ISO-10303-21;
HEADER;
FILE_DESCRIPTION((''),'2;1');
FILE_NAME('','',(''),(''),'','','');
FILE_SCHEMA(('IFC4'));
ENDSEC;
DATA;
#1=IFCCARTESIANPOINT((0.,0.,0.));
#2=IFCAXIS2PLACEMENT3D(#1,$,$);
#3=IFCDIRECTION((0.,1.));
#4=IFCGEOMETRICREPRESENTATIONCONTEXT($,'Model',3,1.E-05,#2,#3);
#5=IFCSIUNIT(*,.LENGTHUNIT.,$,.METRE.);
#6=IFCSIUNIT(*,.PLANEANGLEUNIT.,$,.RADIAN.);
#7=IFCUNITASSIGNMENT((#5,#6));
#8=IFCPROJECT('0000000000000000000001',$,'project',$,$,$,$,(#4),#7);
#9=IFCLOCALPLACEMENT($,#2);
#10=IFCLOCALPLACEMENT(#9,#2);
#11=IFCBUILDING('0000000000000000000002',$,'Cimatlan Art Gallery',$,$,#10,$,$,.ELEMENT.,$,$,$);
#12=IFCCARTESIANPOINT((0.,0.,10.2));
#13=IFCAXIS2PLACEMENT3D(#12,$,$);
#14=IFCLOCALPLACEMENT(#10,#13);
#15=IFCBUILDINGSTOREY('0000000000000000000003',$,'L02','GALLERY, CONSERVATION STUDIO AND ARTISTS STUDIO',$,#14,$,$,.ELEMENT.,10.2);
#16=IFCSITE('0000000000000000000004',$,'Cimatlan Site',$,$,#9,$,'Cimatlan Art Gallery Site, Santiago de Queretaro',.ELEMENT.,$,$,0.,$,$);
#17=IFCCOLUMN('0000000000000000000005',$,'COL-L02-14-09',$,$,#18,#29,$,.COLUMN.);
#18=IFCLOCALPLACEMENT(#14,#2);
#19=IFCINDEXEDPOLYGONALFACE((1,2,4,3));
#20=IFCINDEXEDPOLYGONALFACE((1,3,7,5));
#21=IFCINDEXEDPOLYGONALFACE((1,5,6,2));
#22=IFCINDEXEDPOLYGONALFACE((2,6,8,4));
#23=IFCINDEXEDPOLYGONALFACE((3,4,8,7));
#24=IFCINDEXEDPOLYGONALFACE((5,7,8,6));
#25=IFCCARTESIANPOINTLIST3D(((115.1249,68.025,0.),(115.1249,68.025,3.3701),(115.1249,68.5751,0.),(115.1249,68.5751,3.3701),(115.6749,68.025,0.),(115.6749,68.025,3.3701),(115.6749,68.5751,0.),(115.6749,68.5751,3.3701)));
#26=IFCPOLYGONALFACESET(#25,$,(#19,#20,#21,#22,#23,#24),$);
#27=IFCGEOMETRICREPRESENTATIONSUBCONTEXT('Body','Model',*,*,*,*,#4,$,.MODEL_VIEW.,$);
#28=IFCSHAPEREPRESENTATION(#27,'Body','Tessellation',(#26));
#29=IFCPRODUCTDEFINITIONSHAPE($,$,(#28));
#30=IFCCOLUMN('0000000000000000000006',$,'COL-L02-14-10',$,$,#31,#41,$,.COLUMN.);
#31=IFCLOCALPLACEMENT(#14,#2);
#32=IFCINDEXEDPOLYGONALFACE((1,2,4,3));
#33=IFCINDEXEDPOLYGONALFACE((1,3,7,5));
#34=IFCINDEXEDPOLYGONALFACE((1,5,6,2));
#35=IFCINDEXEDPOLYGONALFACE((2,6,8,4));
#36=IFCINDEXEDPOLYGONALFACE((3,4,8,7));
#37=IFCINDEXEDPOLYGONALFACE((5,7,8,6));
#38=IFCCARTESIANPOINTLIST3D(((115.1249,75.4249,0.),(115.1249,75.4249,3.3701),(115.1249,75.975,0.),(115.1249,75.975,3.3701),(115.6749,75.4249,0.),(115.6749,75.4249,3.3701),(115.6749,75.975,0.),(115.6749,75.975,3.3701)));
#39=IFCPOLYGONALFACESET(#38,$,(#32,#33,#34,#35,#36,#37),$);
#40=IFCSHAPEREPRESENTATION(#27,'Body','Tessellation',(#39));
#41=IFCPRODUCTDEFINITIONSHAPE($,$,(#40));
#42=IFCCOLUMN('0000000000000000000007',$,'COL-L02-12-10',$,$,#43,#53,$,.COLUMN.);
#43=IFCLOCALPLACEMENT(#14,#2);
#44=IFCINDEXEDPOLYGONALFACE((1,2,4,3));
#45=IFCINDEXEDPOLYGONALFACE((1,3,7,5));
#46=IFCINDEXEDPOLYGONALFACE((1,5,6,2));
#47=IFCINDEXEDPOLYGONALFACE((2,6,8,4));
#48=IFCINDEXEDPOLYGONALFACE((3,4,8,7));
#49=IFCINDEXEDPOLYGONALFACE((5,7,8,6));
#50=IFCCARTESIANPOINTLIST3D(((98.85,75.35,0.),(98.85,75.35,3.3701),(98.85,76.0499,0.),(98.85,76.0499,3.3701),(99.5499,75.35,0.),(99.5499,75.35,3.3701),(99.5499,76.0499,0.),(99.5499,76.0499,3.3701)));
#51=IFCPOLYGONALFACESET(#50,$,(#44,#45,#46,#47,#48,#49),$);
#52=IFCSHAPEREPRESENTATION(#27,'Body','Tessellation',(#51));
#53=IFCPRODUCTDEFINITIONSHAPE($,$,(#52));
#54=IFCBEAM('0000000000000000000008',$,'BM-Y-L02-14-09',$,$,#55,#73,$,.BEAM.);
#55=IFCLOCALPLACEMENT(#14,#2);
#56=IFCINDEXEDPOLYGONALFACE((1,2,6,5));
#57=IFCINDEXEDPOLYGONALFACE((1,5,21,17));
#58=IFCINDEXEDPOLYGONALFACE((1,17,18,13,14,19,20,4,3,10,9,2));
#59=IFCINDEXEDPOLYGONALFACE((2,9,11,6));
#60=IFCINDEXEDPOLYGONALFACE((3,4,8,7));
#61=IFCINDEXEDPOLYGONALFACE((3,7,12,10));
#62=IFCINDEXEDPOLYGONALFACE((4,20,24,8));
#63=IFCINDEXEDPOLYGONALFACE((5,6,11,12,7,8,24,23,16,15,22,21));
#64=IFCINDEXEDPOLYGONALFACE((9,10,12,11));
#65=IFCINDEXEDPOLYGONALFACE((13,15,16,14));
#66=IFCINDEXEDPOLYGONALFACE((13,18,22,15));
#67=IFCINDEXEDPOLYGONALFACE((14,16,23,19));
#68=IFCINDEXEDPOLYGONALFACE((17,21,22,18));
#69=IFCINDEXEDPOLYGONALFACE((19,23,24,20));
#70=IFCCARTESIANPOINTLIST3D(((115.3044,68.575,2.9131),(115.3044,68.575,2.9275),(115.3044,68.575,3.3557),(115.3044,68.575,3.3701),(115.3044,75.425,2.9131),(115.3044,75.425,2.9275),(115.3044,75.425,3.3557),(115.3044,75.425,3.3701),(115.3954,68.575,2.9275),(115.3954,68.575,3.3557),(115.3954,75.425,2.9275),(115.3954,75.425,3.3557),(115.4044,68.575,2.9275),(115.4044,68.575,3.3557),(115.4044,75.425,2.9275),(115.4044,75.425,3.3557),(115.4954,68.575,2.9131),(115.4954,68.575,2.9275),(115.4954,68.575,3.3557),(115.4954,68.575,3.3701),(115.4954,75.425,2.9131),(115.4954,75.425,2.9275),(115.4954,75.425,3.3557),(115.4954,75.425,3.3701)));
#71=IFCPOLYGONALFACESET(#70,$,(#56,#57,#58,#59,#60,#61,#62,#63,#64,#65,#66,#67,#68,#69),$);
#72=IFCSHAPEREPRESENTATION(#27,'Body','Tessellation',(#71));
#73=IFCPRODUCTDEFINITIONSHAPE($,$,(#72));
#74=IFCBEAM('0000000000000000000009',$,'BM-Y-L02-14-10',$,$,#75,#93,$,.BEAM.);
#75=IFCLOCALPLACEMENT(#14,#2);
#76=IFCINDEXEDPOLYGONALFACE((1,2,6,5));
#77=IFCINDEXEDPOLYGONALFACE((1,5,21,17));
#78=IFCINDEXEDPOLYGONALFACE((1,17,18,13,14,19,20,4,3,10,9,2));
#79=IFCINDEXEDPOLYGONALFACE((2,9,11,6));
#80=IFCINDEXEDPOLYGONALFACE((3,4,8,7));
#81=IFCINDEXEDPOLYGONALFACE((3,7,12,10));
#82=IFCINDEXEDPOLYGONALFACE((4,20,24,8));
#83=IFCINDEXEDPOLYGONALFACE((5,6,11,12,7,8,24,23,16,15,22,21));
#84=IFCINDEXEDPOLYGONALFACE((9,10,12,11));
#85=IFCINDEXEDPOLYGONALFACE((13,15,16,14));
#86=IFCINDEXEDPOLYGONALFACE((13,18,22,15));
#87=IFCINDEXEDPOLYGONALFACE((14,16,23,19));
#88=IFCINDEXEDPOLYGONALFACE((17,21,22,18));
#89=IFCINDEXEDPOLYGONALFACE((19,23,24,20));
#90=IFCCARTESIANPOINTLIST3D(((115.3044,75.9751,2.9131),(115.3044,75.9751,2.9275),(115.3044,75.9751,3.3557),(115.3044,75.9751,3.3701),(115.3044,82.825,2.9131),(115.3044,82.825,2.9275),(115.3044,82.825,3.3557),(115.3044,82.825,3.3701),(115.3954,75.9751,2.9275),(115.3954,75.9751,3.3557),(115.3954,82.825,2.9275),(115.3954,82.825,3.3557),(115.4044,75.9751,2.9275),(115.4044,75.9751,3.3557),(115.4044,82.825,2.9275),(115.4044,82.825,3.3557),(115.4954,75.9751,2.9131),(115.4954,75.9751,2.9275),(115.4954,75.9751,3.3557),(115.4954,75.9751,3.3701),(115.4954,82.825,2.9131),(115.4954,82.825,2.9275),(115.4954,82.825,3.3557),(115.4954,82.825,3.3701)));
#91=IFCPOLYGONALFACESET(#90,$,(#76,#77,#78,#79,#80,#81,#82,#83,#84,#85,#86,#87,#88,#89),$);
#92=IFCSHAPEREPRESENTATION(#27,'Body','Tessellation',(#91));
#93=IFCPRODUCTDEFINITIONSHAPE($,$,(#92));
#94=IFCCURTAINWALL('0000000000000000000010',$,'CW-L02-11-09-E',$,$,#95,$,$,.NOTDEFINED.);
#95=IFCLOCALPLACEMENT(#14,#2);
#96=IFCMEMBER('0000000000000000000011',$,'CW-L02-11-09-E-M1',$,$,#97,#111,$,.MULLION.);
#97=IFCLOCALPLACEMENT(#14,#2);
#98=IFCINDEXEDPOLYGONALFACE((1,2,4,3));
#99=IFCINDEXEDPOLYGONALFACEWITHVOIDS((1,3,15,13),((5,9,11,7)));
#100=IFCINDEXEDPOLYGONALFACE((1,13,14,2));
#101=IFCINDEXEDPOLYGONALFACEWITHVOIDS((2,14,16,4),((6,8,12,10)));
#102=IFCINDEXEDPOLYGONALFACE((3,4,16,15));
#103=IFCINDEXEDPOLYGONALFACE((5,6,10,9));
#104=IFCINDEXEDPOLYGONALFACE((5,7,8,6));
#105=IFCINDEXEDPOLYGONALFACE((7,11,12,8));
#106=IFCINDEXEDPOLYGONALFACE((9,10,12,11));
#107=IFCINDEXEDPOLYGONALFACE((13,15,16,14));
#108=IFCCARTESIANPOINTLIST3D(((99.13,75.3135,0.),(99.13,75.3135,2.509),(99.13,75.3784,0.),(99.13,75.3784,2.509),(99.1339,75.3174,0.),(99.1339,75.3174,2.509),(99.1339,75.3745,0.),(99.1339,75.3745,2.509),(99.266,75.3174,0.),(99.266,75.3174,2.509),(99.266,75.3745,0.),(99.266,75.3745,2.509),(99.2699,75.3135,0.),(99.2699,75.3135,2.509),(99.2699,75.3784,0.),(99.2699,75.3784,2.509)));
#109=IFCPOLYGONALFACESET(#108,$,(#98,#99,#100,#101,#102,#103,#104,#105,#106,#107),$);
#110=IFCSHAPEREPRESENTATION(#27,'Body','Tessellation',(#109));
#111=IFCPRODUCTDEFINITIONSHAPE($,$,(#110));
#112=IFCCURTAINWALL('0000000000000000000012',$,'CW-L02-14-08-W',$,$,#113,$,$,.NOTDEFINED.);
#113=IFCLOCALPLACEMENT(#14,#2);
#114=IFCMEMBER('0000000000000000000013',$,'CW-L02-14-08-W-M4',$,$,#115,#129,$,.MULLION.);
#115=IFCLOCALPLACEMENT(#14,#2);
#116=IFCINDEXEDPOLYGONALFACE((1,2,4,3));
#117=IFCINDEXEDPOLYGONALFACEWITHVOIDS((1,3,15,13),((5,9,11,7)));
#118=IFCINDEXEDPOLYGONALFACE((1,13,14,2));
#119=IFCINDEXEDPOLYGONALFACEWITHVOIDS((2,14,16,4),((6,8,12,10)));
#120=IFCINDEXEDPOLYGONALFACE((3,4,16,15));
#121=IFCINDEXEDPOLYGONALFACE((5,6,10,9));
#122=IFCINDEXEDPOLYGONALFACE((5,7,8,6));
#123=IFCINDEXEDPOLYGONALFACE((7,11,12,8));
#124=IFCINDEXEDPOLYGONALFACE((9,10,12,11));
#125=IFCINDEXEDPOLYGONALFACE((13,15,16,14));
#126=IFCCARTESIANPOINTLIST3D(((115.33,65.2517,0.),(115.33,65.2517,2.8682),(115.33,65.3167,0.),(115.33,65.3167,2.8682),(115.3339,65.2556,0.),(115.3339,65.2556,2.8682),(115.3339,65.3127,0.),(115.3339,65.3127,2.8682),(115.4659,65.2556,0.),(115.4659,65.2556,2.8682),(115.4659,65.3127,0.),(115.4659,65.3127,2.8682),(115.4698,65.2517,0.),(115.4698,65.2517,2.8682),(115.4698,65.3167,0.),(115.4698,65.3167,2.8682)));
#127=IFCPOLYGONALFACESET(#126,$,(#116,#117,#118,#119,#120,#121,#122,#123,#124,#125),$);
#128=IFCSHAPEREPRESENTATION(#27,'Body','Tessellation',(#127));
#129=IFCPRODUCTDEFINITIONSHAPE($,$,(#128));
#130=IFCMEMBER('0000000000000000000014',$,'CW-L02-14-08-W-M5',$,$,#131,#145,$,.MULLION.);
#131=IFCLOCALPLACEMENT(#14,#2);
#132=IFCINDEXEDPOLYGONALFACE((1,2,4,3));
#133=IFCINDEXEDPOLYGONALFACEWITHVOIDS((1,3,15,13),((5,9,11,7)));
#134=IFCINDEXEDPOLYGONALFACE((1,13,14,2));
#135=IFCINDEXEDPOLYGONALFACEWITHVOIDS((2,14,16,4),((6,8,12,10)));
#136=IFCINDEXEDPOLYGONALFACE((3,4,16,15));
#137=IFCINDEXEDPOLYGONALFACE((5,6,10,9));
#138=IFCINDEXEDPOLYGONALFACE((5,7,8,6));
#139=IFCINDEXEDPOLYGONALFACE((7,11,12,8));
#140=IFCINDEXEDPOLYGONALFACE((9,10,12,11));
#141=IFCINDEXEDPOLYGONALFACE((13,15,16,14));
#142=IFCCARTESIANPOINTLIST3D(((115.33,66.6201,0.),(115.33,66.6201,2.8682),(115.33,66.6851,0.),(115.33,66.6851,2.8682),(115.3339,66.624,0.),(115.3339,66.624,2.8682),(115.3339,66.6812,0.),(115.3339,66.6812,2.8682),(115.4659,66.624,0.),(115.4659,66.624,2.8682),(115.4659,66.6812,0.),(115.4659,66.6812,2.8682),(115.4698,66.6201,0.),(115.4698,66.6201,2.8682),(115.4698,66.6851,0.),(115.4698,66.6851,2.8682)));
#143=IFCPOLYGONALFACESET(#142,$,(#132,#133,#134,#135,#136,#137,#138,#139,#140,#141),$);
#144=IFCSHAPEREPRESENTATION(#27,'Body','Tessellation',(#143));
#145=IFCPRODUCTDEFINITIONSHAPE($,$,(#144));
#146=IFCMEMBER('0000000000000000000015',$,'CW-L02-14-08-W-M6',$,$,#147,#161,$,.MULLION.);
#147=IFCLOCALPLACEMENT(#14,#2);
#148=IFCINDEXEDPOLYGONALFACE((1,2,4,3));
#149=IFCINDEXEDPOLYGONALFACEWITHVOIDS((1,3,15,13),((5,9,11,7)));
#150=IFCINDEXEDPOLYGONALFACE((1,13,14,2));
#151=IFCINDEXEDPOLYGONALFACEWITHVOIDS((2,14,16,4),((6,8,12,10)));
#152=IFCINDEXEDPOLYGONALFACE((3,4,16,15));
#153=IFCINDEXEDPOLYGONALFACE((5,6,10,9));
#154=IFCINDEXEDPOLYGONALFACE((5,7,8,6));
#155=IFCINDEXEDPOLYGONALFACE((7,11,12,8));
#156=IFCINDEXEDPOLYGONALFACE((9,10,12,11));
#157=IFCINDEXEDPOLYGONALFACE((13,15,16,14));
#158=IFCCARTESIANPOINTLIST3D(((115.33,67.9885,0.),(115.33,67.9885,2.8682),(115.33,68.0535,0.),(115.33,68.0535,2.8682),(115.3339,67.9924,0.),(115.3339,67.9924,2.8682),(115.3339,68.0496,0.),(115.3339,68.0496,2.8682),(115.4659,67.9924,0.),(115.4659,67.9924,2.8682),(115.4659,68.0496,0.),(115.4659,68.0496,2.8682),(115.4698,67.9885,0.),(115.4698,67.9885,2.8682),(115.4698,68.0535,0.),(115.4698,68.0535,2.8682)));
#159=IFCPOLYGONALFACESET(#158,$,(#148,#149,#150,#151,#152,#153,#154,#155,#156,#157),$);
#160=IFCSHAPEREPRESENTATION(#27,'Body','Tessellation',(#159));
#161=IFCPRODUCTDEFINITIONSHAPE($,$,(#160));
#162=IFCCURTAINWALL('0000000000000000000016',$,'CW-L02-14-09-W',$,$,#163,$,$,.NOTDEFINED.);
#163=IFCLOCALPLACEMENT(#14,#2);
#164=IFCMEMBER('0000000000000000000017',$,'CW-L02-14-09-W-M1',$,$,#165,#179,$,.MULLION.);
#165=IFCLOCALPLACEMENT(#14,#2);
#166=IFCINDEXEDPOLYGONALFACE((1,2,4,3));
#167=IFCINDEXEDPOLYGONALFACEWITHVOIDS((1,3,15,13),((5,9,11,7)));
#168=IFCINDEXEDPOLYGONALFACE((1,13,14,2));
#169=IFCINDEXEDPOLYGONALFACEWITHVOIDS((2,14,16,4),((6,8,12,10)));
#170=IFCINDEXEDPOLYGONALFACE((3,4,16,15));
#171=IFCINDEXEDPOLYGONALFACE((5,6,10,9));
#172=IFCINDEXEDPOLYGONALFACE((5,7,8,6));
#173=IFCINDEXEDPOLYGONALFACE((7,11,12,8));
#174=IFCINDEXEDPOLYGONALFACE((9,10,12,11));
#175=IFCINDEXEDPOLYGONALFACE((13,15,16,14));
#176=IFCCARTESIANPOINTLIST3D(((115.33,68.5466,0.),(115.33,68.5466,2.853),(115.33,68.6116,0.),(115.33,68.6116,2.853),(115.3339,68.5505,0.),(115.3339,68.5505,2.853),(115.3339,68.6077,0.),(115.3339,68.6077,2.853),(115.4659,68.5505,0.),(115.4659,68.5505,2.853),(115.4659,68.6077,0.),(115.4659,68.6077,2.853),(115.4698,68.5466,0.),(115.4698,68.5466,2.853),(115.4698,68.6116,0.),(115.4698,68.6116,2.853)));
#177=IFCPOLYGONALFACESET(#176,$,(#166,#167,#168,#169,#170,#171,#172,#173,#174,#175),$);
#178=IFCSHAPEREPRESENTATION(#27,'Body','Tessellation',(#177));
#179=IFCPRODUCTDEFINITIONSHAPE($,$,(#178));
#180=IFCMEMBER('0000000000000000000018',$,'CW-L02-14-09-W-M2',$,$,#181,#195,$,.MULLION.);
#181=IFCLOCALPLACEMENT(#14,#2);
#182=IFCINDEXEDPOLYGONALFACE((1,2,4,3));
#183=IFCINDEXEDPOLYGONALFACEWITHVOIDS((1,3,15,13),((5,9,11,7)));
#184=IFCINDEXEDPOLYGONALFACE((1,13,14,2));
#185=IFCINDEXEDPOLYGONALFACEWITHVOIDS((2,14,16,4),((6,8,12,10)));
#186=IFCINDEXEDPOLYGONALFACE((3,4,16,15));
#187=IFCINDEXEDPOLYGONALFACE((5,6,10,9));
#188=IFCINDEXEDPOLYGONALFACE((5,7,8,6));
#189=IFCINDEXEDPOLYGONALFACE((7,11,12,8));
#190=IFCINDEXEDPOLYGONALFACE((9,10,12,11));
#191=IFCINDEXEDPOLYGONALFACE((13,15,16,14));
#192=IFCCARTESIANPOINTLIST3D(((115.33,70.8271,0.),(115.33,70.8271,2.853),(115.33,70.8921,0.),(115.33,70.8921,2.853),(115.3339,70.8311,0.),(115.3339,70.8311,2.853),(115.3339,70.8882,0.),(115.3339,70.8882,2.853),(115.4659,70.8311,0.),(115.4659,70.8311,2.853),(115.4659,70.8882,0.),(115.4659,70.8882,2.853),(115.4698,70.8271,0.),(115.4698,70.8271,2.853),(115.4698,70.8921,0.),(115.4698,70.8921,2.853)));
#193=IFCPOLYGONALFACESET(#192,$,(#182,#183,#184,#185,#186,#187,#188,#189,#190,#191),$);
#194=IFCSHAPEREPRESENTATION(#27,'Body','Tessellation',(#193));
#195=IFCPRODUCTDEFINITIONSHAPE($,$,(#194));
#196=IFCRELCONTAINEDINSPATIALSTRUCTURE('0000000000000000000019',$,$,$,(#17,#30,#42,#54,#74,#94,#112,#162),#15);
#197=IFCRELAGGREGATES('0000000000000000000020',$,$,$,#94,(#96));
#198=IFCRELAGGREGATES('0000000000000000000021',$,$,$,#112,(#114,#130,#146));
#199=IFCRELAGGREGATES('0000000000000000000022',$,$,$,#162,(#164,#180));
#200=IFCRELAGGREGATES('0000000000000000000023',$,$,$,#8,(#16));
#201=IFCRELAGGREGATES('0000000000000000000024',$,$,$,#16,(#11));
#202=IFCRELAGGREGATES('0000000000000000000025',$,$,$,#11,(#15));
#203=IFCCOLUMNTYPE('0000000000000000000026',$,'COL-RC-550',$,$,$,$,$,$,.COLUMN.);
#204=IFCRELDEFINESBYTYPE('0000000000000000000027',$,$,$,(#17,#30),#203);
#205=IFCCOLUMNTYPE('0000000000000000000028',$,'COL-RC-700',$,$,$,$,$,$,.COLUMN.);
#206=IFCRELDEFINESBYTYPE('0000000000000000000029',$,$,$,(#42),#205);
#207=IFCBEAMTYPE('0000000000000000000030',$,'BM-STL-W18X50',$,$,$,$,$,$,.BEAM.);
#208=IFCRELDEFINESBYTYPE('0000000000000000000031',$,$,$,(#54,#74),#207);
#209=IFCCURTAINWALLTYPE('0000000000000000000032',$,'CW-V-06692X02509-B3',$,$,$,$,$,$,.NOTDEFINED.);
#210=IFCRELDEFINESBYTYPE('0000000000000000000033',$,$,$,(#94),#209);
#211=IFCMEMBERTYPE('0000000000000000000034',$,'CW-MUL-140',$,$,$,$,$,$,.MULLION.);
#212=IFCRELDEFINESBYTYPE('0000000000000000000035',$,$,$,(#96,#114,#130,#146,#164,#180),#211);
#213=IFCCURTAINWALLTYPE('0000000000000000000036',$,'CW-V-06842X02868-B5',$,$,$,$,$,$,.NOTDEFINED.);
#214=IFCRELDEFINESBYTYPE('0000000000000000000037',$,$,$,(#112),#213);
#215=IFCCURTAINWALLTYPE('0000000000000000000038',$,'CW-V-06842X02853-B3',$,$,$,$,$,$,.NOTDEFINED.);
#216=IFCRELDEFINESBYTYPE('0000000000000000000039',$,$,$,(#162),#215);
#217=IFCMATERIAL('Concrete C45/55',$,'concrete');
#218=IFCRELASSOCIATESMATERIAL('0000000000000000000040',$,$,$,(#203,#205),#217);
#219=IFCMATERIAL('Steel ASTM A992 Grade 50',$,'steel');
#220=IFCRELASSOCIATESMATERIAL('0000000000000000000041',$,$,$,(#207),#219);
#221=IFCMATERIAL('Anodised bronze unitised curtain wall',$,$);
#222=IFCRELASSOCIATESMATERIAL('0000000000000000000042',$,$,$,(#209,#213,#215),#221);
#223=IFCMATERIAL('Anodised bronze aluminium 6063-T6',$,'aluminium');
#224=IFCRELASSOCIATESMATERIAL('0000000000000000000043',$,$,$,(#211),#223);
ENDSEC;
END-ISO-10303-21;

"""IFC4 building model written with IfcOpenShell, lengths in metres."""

from ifc_helpers import new_model, si_unit, direction, frame, origin, origin_2d, place, context, subcontext, project, spatial, rectangle, hollow_rectangle, i_section, extrude, material, material_profile, profile_set, type_object, element, aggregate, save


model = new_model("IFC4")

# Units and contexts
model_context = context("Model", 3, precision=1e-05, world=origin(), true_north=direction((0.0, 1.0)))
body_context = subcontext(model_context, "Body", "Model", "MODEL_VIEW")
ifc_project = project(units=[si_unit("LENGTHUNIT", "METRE"), si_unit("PLANEANGLEUNIT", "RADIAN")], contexts=[model_context])

# Site, building, storey
site_placement = place(None, origin())
site = spatial("IfcSite", under=ifc_project, at=site_placement, Name="Cimatlan Site", LongName="Cimatlan Art Gallery Site, Santiago de Queretaro", CompositionType="ELEMENT", RefElevation=0.0)
building_placement = place(site_placement, origin())
building = spatial("IfcBuilding", under=site, at=building_placement, Name="Cimatlan Art Gallery", CompositionType="ELEMENT")
storey_placement = place(building_placement, frame((0.0, 0.0, 10.2)))
storey = spatial("IfcBuildingStorey", under=building, at=storey_placement, Name="L02", Description="GALLERY, CONSERVATION STUDIO AND ARTISTS STUDIO", CompositionType="ELEMENT", Elevation=10.2)

# Columns
ifc_material_1 = material(Name="Concrete C45/55", Category="concrete")
ifc_material_profile_1 = material_profile(ifc_material_1, rectangle(XDim=0.55, YDim=0.55, at=origin_2d()), Name="RC550X550")
ifc_profile_set_1 = profile_set([ifc_material_profile_1], Name="Concrete C45/55")
column_type_1 = type_object("IfcColumnType", Name="COL-RC-550", PredefinedType="COLUMN", material=ifc_profile_set_1)
for number, where, z_axis, x_axis, name in (
    (1, (115.3999, 68.3, 0.0), (0.0, 0.0, 1.0), (1.0, 0.0, 0.0), "COL-L02-14-09"),
    (2, (115.3999, 75.7, 0.0), (0.0, 0.0, 1.0), (1.0, 0.0, 0.0), "COL-L02-14-10"),
):
    element("IfcColumn", number, at=place(storey_placement, frame(where, z_axis=z_axis, x_axis=x_axis)), inside=storey, type_object=column_type_1, Name=name, PredefinedType="COLUMN", context=body_context, shape_type="SweptSolid", body=[
        extrude(rectangle(XDim=0.55, YDim=0.55, at=origin_2d()), origin(), (0.0, 0.0, 1.0), 3.3701),
    ])
ifc_material_profile_2 = material_profile(ifc_material_1, rectangle(XDim=0.7, YDim=0.7, at=origin_2d()), Name="RC700X700")
ifc_profile_set_2 = profile_set([ifc_material_profile_2], Name="Concrete C45/55")
column_type_2 = type_object("IfcColumnType", Name="COL-RC-700", PredefinedType="COLUMN", material=ifc_profile_set_2)
column_placement = place(storey_placement, frame((99.2, 75.7, 0.0), z_axis=(0.0, 0.0, 1.0), x_axis=(1.0, 0.0, 0.0)))
element("IfcColumn", 3, at=column_placement, inside=storey, type_object=column_type_2, Name="COL-L02-12-10", PredefinedType="COLUMN", context=body_context, shape_type="SweptSolid", body=[
    extrude(rectangle(XDim=0.7, YDim=0.7, at=origin_2d()), origin(), (0.0, 0.0, 1.0), 3.3701),
])

# Beams
ifc_material_2 = material(Name="Steel ASTM A992 Grade 50", Category="steel")
ifc_material_profile_3 = material_profile(ifc_material_2, i_section(OverallWidth=0.1909, OverallDepth=0.457, WebThickness=0.009, FlangeThickness=0.0144, at=origin_2d()), Name="W18X50")
ifc_profile_set_3 = profile_set([ifc_material_profile_3], Name="Steel ASTM A992 Grade 50")
beam_type = type_object("IfcBeamType", Name="BM-STL-W18X50", PredefinedType="BEAM", material=ifc_profile_set_3)
beam_1_placement = place(storey_placement, frame((115.3999, 68.575, 3.1416), z_axis=(0.0, 1.0, 0.0), x_axis=(-1.0, 0.0, 0.0)))
element("IfcBeam", 4, at=beam_1_placement, inside=storey, type_object=beam_type, Name="BM-Y-L02-14-09", PredefinedType="BEAM", context=body_context, shape_type="SweptSolid", body=[
    extrude(i_section(OverallWidth=0.1909, OverallDepth=0.457, WebThickness=0.009, FlangeThickness=0.0144, at=origin_2d()), origin(), (0.0, 0.0, 1.0), 6.8501),
])
beam_2_placement = place(storey_placement, frame((115.3999, 75.9751, 3.1416), z_axis=(0.0, 1.0, 0.0), x_axis=(-1.0, 0.0, 0.0)))
element("IfcBeam", 5, at=beam_2_placement, inside=storey, type_object=beam_type, Name="BM-Y-L02-14-10", PredefinedType="BEAM", context=body_context, shape_type="SweptSolid", body=[
    extrude(i_section(OverallWidth=0.1909, OverallDepth=0.457, WebThickness=0.009, FlangeThickness=0.0144, at=origin_2d()), origin(), (0.0, 0.0, 1.0), 6.8499),
])

# Curtain wall, member
ifc_material_3 = material(Name="Anodised bronze unitised curtain wall")
curtain_wall_type_1 = type_object("IfcCurtainWallType", Name="CW-V-06692X02509-B3", PredefinedType="NOTDEFINED", material=ifc_material_3)
curtain_wall_1_placement = place(storey_placement, origin())
curtain_wall_1 = element("IfcCurtainWall", 6, at=curtain_wall_1_placement, inside=storey, type_object=curtain_wall_type_1, Name="CW-L02-11-09-E", PredefinedType="NOTDEFINED")
ifc_material_4 = material(Name="Anodised bronze aluminium 6063-T6", Category="aluminium")
ifc_material_profile_4 = material_profile(ifc_material_4, hollow_rectangle(XDim=0.0649, YDim=0.1399, WallThickness=0.0039, at=origin_2d()), Name="ALU65X140X4")
ifc_profile_set_4 = profile_set([ifc_material_profile_4], Name="Anodised bronze aluminium 6063-T6")
member_type_1 = type_object("IfcMemberType", Name="CW-MUL-140", PredefinedType="MULLION", material=ifc_profile_set_4)
member_1_placement = place(storey_placement, frame((99.2, 75.3459, 0.0), z_axis=(0.0, 0.0, 1.0), x_axis=(0.0, 1.0, 0.0)))
member_1 = element("IfcMember", 7, at=member_1_placement, type_object=member_type_1, Name="CW-L02-11-09-E-M1", PredefinedType="MULLION", context=body_context, shape_type="SweptSolid", body=[
    extrude(hollow_rectangle(XDim=0.0649, YDim=0.1399, WallThickness=0.0039, at=origin_2d()), origin(), (0.0, 0.0, 1.0), 2.509),
])

# Curtain walls, members
curtain_wall_type_2 = type_object("IfcCurtainWallType", Name="CW-V-06842X02868-B5", PredefinedType="NOTDEFINED", material=ifc_material_3)
curtain_wall_2_placement = place(storey_placement, origin())
curtain_wall_2 = element("IfcCurtainWall", 8, at=curtain_wall_2_placement, inside=storey, type_object=curtain_wall_type_2, Name="CW-L02-14-08-W", PredefinedType="NOTDEFINED")
member_2_placement = place(storey_placement, frame((115.3999, 65.2842, 0.0), z_axis=(0.0, 0.0, 1.0), x_axis=(0.0, 1.0, 0.0)))
member_2 = element("IfcMember", 9, at=member_2_placement, type_object=member_type_1, Name="CW-L02-14-08-W-M4", PredefinedType="MULLION", context=body_context, shape_type="SweptSolid", body=[
    extrude(hollow_rectangle(XDim=0.0649, YDim=0.1399, WallThickness=0.0039, at=origin_2d()), origin(), (0.0, 0.0, 1.0), 2.8682),
])
member_3_placement = place(storey_placement, frame((115.3999, 66.6526, 0.0), z_axis=(0.0, 0.0, 1.0), x_axis=(0.0, 1.0, 0.0)))
member_3 = element("IfcMember", 10, at=member_3_placement, type_object=member_type_1, Name="CW-L02-14-08-W-M5", PredefinedType="MULLION", context=body_context, shape_type="SweptSolid", body=[
    extrude(hollow_rectangle(XDim=0.0649, YDim=0.1399, WallThickness=0.0039, at=origin_2d()), origin(), (0.0, 0.0, 1.0), 2.8682),
])
member_4_placement = place(storey_placement, frame((115.3999, 68.021, 0.0), z_axis=(0.0, 0.0, 1.0), x_axis=(0.0, 1.0, 0.0)))
member_4 = element("IfcMember", 11, at=member_4_placement, type_object=member_type_1, Name="CW-L02-14-08-W-M6", PredefinedType="MULLION", context=body_context, shape_type="SweptSolid", body=[
    extrude(hollow_rectangle(XDim=0.0649, YDim=0.1399, WallThickness=0.0039, at=origin_2d()), origin(), (0.0, 0.0, 1.0), 2.8682),
])
curtain_wall_type_3 = type_object("IfcCurtainWallType", Name="CW-V-06842X02853-B3", PredefinedType="NOTDEFINED", material=ifc_material_3)
curtain_wall_3_placement = place(storey_placement, origin())
curtain_wall_3 = element("IfcCurtainWall", 12, at=curtain_wall_3_placement, inside=storey, type_object=curtain_wall_type_3, Name="CW-L02-14-09-W", PredefinedType="NOTDEFINED")
member_5_placement = place(storey_placement, frame((115.3999, 68.5791, 0.0), z_axis=(0.0, 0.0, 1.0), x_axis=(0.0, 1.0, 0.0)))
member_5 = element("IfcMember", 13, at=member_5_placement, type_object=member_type_1, Name="CW-L02-14-09-W-M1", PredefinedType="MULLION", context=body_context, shape_type="SweptSolid", body=[
    extrude(hollow_rectangle(XDim=0.0649, YDim=0.1399, WallThickness=0.0039, at=origin_2d()), origin(), (0.0, 0.0, 1.0), 2.853),
])
member_6_placement = place(storey_placement, frame((115.3999, 70.8596, 0.0), z_axis=(0.0, 0.0, 1.0), x_axis=(0.0, 1.0, 0.0)))
member_6 = element("IfcMember", 14, at=member_6_placement, type_object=member_type_1, Name="CW-L02-14-09-W-M2", PredefinedType="MULLION", context=body_context, shape_type="SweptSolid", body=[
    extrude(hollow_rectangle(XDim=0.0649, YDim=0.1399, WallThickness=0.0039, at=origin_2d()), origin(), (0.0, 0.0, 1.0), 2.853),
])

aggregate(curtain_wall_1, [member_1])

aggregate(curtain_wall_2, [member_2, member_3, member_4])
aggregate(curtain_wall_3, [member_5, member_6])

save(model, "model.ifc")
